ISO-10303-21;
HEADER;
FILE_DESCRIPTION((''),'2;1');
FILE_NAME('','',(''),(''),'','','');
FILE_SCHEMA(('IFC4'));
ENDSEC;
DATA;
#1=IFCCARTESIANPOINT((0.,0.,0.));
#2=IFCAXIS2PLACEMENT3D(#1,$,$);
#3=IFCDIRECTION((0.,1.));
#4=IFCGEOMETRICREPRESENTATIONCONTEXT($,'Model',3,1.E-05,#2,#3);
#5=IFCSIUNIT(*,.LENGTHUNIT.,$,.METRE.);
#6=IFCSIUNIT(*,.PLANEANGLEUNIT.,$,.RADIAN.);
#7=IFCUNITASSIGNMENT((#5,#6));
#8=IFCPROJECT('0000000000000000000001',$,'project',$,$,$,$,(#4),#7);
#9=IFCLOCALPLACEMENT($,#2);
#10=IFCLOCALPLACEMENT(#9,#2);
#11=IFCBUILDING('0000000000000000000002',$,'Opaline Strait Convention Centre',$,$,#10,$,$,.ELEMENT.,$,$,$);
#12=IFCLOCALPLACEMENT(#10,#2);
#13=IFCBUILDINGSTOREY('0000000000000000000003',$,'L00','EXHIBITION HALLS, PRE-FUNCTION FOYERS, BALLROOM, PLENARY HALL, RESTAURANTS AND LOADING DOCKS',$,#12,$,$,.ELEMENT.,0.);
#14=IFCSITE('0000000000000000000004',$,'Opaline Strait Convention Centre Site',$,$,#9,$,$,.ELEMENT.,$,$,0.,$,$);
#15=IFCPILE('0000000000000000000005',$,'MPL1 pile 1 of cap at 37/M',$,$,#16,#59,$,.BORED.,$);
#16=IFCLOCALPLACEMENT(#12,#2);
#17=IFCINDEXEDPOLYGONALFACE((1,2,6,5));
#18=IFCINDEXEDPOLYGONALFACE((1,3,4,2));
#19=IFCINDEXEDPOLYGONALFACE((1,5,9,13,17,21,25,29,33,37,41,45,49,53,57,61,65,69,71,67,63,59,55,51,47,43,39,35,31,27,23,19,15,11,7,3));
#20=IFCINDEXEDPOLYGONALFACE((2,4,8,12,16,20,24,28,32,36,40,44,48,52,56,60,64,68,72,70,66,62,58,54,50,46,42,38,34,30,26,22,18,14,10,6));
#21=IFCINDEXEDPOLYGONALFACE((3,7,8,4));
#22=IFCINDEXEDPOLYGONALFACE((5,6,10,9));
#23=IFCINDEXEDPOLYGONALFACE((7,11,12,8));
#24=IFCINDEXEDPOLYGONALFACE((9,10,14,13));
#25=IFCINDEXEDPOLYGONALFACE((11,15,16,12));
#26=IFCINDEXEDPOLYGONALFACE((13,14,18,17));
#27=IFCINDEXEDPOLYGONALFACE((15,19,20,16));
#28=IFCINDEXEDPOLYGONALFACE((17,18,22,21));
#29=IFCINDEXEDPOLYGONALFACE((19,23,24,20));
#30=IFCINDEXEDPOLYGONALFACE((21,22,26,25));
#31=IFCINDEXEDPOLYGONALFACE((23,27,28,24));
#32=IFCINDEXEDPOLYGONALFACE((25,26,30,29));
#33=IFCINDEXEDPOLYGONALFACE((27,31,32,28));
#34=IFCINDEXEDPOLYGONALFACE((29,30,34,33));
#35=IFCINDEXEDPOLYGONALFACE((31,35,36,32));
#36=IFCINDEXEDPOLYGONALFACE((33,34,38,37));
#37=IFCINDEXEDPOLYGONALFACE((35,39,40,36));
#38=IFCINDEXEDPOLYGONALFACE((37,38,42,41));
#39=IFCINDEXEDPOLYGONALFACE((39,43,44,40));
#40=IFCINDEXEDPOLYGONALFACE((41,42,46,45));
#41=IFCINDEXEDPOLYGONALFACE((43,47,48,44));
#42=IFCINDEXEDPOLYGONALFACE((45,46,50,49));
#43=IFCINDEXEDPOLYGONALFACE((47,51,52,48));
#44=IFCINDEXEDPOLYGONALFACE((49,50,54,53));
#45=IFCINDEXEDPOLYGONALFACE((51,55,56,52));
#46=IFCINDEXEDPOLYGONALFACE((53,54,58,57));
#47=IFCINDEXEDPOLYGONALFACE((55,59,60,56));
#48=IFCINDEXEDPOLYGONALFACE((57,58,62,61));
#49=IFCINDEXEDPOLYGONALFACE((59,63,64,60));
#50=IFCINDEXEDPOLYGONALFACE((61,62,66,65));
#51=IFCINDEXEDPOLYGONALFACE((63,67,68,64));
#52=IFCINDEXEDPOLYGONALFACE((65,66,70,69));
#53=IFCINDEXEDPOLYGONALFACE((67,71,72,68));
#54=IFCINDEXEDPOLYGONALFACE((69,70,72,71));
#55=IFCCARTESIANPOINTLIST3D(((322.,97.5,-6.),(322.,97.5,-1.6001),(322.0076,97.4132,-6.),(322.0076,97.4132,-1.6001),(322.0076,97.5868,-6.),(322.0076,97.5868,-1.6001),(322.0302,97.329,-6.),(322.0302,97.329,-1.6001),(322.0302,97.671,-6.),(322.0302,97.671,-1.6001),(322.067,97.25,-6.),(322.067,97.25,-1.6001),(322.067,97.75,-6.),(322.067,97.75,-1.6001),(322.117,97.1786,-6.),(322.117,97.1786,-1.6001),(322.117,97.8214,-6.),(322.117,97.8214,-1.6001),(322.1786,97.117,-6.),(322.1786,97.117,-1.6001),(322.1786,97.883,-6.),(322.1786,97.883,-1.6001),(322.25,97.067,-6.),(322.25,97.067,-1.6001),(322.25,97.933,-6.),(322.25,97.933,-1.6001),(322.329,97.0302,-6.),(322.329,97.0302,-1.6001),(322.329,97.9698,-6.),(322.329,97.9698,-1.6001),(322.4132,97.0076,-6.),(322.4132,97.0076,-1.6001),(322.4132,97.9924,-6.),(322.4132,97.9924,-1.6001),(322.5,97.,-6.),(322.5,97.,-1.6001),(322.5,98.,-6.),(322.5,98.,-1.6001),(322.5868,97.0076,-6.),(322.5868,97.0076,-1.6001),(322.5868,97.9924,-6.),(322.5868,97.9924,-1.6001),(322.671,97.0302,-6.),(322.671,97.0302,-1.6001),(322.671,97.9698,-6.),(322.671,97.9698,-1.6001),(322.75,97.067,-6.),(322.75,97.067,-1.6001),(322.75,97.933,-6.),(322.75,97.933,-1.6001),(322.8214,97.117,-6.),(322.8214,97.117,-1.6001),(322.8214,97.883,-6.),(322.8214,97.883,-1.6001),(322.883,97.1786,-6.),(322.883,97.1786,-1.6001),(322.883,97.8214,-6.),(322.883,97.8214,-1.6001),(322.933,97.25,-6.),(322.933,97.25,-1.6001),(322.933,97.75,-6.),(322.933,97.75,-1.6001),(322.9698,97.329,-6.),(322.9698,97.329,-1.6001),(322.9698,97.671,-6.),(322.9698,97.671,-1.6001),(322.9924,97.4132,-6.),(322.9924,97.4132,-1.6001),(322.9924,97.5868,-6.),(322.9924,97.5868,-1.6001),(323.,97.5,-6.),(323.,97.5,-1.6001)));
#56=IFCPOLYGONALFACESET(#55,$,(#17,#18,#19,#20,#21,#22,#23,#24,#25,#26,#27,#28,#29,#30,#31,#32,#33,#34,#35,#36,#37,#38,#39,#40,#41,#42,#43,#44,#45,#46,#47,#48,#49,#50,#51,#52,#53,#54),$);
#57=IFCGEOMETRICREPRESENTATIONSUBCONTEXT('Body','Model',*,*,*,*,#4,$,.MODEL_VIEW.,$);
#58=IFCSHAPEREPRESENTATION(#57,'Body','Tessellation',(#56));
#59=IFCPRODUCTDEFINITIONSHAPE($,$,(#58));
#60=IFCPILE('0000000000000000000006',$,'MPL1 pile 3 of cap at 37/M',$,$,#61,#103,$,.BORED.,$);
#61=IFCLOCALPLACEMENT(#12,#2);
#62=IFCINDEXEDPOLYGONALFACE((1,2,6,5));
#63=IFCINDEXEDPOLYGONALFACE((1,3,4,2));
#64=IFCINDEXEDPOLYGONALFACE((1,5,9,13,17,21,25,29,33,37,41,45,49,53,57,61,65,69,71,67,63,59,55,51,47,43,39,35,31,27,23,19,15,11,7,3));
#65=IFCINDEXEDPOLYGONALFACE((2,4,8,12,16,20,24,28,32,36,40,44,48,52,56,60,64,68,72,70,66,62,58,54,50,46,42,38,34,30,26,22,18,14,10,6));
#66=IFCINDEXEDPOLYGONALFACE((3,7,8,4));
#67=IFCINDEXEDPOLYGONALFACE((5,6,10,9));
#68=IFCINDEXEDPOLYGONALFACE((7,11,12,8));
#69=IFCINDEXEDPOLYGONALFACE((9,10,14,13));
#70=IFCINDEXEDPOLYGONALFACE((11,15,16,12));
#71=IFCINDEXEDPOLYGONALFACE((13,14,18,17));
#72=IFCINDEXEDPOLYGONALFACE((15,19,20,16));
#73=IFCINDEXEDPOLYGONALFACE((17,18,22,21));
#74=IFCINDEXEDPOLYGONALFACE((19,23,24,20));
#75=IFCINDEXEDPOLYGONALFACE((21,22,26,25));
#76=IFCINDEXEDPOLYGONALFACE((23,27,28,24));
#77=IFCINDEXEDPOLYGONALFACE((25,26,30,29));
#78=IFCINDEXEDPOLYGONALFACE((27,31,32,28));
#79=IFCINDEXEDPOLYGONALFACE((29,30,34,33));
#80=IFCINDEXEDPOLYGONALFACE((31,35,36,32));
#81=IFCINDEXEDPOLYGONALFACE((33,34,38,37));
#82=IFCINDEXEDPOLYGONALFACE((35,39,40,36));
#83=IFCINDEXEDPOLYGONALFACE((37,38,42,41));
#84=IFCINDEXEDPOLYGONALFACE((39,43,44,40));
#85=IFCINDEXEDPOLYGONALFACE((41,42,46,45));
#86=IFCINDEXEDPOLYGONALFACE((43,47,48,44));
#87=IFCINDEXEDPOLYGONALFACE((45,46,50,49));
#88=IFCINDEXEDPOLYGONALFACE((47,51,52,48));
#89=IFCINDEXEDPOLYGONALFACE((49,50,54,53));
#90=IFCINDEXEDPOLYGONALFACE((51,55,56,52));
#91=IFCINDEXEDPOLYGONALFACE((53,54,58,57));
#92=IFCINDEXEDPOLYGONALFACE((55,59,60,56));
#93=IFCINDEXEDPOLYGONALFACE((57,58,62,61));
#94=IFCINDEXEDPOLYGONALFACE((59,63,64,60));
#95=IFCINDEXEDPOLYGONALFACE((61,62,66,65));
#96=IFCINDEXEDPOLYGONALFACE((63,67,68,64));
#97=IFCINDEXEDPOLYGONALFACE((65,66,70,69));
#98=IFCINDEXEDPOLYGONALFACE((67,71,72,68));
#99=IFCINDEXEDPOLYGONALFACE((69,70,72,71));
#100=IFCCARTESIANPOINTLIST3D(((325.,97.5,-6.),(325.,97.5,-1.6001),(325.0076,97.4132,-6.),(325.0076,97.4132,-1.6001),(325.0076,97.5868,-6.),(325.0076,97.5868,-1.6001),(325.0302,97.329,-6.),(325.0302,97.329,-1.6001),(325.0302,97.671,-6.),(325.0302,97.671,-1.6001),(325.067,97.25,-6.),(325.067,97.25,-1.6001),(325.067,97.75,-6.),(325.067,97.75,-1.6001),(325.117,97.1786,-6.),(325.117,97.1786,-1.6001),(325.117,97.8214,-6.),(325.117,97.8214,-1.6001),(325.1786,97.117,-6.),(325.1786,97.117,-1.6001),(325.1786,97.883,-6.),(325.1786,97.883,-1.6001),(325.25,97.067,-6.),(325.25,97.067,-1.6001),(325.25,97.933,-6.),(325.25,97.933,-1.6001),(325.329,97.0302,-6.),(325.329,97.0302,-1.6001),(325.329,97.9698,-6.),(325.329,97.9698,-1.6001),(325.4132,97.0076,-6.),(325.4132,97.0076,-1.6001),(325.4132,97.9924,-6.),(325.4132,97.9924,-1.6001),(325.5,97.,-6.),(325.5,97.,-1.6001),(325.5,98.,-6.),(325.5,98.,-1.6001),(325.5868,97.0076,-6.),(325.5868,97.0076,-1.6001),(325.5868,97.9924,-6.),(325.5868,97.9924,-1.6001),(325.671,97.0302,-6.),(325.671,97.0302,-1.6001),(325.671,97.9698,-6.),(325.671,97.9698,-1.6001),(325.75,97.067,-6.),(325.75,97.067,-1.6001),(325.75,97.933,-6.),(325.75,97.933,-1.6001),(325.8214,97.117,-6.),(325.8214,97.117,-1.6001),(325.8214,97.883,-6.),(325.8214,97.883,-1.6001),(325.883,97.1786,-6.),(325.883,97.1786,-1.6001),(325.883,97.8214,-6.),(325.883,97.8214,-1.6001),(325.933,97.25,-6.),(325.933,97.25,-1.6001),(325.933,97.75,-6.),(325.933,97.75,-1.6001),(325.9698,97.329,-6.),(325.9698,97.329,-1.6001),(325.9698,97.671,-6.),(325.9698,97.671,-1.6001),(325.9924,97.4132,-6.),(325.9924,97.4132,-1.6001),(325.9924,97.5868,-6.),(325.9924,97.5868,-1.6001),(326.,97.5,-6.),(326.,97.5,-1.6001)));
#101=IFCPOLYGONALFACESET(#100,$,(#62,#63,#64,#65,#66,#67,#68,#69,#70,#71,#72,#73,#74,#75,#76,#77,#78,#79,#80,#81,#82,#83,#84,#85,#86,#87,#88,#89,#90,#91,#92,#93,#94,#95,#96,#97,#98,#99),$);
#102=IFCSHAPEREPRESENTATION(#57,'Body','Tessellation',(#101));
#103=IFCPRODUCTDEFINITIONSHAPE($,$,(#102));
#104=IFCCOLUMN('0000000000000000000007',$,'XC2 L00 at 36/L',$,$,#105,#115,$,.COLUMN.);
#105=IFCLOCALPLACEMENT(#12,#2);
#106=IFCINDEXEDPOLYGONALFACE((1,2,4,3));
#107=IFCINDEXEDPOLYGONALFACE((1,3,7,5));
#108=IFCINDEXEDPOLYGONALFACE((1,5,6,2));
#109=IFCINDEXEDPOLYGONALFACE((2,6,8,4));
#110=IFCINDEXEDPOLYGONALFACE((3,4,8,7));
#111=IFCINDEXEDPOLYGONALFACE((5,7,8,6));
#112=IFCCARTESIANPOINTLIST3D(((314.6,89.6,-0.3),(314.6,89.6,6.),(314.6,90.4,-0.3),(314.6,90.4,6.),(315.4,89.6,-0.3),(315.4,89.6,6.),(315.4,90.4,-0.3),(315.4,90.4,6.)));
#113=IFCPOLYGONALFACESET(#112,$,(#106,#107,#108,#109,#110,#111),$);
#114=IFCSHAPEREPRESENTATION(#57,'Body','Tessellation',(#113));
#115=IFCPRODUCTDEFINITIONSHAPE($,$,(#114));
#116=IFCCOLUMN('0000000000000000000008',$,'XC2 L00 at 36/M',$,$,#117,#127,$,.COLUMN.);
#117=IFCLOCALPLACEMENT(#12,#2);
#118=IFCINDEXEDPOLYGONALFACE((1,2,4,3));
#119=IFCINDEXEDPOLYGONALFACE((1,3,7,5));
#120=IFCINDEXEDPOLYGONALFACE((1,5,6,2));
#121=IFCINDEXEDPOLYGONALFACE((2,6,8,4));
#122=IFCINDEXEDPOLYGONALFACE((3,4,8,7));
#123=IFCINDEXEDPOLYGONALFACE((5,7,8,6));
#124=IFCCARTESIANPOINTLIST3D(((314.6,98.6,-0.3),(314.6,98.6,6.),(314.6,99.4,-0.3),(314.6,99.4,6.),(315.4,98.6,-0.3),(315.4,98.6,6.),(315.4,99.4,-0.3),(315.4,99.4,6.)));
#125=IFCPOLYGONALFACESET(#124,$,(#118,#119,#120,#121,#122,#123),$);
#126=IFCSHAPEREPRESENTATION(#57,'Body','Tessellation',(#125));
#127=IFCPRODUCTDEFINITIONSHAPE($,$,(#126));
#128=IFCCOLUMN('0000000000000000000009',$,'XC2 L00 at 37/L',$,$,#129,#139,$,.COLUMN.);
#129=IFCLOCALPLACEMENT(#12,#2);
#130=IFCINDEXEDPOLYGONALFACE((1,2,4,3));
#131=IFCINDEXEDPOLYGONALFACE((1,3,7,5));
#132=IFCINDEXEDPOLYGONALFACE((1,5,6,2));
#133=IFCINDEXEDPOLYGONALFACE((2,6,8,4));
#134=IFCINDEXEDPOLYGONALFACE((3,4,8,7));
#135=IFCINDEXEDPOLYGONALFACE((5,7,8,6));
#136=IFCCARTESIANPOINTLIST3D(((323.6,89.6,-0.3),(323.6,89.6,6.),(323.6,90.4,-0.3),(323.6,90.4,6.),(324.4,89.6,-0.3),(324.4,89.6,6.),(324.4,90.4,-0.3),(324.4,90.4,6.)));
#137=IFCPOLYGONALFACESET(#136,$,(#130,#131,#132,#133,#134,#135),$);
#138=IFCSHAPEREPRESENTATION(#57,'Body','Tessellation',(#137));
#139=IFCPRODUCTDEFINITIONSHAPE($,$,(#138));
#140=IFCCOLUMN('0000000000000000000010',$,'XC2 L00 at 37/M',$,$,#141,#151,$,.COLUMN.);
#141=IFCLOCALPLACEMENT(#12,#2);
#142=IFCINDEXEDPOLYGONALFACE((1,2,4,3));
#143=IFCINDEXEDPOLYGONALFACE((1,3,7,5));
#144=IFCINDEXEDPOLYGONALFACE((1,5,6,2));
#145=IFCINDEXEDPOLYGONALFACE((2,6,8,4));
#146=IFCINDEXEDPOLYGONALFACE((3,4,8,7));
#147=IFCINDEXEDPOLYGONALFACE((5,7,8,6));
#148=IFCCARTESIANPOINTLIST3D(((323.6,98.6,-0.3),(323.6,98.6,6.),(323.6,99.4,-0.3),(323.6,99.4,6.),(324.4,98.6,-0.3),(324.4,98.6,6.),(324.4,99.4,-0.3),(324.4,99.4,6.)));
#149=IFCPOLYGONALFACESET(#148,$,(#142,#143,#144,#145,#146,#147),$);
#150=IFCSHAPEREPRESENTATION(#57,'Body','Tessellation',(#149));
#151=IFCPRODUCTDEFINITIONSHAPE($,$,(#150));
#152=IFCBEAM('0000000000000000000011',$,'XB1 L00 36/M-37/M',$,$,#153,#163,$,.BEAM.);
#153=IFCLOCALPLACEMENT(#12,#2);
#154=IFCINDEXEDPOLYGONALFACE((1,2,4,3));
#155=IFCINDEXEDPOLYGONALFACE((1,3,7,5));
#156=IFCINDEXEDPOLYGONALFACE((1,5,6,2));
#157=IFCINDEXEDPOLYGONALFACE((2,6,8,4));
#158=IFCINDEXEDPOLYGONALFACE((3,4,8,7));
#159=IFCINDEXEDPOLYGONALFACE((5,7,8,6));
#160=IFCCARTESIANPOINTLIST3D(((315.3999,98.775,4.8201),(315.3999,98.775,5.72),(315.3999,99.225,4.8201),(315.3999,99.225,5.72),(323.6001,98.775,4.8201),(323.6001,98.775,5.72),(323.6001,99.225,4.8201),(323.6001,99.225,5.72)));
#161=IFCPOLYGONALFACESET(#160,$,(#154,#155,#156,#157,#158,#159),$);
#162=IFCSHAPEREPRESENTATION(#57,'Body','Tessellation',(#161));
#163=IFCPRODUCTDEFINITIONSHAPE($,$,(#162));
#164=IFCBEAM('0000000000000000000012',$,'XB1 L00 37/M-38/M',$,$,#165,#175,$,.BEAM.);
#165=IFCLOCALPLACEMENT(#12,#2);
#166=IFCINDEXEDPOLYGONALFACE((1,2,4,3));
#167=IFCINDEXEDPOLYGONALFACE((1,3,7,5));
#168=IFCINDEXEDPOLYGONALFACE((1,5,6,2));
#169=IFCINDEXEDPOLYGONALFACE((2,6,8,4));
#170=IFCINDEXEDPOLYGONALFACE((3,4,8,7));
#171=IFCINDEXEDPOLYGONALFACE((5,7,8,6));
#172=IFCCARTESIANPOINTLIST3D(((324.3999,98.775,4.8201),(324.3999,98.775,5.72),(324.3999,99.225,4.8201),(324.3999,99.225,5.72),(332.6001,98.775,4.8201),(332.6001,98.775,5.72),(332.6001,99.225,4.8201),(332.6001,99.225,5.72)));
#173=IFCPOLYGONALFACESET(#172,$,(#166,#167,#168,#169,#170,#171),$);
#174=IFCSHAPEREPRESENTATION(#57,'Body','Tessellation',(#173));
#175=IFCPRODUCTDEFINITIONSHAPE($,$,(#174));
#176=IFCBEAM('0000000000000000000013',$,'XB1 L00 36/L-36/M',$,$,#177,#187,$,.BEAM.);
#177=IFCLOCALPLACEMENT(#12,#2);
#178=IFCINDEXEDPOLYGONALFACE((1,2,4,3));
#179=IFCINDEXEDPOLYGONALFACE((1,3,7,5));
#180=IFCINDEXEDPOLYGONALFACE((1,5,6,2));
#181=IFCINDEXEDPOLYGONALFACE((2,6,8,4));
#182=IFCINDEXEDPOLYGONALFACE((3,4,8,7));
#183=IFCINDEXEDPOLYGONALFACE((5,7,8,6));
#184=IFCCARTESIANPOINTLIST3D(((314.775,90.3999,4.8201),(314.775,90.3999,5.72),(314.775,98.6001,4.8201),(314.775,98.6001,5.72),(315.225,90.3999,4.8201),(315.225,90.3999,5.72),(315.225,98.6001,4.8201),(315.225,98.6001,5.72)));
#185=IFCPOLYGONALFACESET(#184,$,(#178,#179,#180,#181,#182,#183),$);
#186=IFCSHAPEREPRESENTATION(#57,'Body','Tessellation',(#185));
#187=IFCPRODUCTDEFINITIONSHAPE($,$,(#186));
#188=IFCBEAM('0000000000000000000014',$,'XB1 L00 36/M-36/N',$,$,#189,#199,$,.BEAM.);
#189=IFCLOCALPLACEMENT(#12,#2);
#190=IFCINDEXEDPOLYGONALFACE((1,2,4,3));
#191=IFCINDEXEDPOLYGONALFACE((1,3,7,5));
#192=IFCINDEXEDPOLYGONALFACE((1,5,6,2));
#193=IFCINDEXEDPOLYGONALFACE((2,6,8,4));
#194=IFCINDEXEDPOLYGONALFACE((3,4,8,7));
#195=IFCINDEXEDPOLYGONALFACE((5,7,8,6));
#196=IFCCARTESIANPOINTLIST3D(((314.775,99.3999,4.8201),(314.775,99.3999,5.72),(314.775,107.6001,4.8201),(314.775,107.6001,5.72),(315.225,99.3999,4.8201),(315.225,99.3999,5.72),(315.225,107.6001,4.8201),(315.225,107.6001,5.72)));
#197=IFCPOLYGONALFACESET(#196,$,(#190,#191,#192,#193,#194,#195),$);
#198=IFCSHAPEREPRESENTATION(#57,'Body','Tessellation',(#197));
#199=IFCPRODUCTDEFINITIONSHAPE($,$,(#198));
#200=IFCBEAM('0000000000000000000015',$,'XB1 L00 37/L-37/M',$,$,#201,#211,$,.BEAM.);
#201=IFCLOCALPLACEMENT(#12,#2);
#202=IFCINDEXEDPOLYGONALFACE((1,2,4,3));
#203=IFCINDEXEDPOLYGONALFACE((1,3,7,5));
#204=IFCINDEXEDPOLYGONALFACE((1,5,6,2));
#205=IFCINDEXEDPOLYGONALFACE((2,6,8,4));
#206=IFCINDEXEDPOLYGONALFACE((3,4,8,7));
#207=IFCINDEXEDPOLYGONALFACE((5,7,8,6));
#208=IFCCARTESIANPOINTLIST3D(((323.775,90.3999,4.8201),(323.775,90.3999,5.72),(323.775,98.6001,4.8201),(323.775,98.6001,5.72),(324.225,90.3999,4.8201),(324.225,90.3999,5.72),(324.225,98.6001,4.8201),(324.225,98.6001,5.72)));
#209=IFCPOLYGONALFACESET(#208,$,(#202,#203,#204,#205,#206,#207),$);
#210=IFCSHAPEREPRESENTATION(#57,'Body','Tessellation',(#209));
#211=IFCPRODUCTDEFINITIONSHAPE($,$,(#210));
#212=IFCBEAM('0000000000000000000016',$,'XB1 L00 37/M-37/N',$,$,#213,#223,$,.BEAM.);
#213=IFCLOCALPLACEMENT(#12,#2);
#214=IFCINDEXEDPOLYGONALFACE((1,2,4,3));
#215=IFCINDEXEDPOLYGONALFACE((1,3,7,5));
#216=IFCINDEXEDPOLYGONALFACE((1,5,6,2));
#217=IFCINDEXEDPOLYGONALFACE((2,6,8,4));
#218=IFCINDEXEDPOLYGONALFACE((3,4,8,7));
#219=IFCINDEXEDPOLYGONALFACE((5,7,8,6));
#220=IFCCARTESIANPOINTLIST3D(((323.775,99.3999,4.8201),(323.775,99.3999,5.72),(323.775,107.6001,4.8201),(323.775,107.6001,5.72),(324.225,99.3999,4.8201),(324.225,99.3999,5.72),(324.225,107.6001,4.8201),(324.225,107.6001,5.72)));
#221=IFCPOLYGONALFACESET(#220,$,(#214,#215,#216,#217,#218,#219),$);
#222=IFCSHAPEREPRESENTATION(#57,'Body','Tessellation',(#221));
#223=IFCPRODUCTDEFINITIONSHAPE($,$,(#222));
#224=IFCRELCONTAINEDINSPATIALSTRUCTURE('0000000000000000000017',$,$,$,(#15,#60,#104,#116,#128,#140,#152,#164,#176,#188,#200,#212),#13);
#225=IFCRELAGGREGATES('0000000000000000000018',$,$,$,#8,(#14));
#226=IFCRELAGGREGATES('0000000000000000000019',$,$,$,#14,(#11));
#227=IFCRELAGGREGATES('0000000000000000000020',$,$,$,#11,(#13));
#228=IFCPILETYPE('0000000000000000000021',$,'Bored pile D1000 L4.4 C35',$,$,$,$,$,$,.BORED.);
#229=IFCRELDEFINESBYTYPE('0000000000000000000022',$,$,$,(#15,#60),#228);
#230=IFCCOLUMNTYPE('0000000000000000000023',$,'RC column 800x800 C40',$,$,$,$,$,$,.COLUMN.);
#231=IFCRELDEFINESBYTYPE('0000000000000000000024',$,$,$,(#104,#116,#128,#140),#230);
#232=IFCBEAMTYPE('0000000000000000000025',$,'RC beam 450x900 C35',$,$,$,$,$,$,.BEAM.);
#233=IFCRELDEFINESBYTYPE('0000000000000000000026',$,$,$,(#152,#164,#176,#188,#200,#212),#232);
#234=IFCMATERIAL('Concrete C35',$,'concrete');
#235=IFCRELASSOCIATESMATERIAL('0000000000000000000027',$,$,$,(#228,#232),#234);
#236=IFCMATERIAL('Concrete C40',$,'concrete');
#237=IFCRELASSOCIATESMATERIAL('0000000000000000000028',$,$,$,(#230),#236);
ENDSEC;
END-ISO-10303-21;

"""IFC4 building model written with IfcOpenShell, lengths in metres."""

from ifc_helpers import new_model, si_unit, direction, frame, origin, origin_2d, place, context, subcontext, project, spatial, rectangle, circle, extrude, material, material_profile, profile_set, type_object, element, save


model = new_model("IFC4")

# Units and contexts
model_context = context("Model", 3, precision=1e-05, world=origin(), true_north=direction((0.0, 1.0)))
body_context = subcontext(model_context, "Body", "Model", "MODEL_VIEW")
ifc_project = project(units=[si_unit("LENGTHUNIT", "METRE"), si_unit("PLANEANGLEUNIT", "RADIAN")], contexts=[model_context])

# Site, building, storey
site_placement = place(None, origin())
site = spatial("IfcSite", under=ifc_project, at=site_placement, Name="Opaline Strait Convention Centre Site", CompositionType="ELEMENT", RefElevation=0.0)
building_placement = place(site_placement, origin())
building = spatial("IfcBuilding", under=site, at=building_placement, Name="Opaline Strait Convention Centre", CompositionType="ELEMENT")
storey_placement = place(building_placement, origin())
storey = spatial("IfcBuildingStorey", under=building, at=storey_placement, Name="L00", Description="EXHIBITION HALLS, PRE-FUNCTION FOYERS, BALLROOM, PLENARY HALL, RESTAURANTS AND LOADING DOCKS", CompositionType="ELEMENT", Elevation=0.0)

# Piles
ifc_material_1 = material(Name="Concrete C35", Category="concrete")
ifc_material_profile_1 = material_profile(ifc_material_1, circle(Radius=0.5, at=origin_2d()), Name="D1000")
ifc_profile_set_1 = profile_set([ifc_material_profile_1], Name="Concrete C35")
pile_type = type_object("IfcPileType", Name="Bored pile D1000 L4.4 C35", PredefinedType="BORED", material=ifc_profile_set_1)
for number, where, z_axis, x_axis, name in (
    (1, (322.5, 97.5, -1.6001), (0.0, 0.0, -1.0), (1.0, 0.0, 0.0), "MPL1 pile 1 of cap at 37/M"),
    (2, (325.5, 97.5, -1.6001), (0.0, 0.0, -1.0), (1.0, 0.0, 0.0), "MPL1 pile 3 of cap at 37/M"),
):
    element("IfcPile", number, at=place(storey_placement, frame(where, z_axis=z_axis, x_axis=x_axis)), inside=storey, type_object=pile_type, Name=name, PredefinedType="BORED", context=body_context, shape_type="SweptSolid", body=[
        extrude(circle(Radius=0.5, at=origin_2d()), origin(), (0.0, 0.0, 1.0), 4.3999),
    ])

# Columns
ifc_material_2 = material(Name="Concrete C40", Category="concrete")
ifc_material_profile_2 = material_profile(ifc_material_2, rectangle(XDim=0.8, YDim=0.8, at=origin_2d()), Name="RC 800x800")
ifc_profile_set_2 = profile_set([ifc_material_profile_2], Name="Concrete C40")
column_type = type_object("IfcColumnType", Name="RC column 800x800 C40", PredefinedType="COLUMN", material=ifc_profile_set_2)
for number, where, z_axis, x_axis, name in (
    (3, (315.0, 90.0, -0.3), (0.0, 0.0, 1.0), (1.0, 0.0, 0.0), "XC2 L00 at 36/L"),
    (4, (315.0, 99.0, -0.3), (0.0, 0.0, 1.0), (1.0, 0.0, 0.0), "XC2 L00 at 36/M"),
    (5, (324.0, 90.0, -0.3), (0.0, 0.0, 1.0), (1.0, 0.0, 0.0), "XC2 L00 at 37/L"),
    (6, (324.0, 99.0, -0.3), (0.0, 0.0, 1.0), (1.0, 0.0, 0.0), "XC2 L00 at 37/M"),
):
    element("IfcColumn", number, at=place(storey_placement, frame(where, z_axis=z_axis, x_axis=x_axis)), inside=storey, type_object=column_type, Name=name, PredefinedType="COLUMN", context=body_context, shape_type="SweptSolid", body=[
        extrude(rectangle(XDim=0.8, YDim=0.8, at=origin_2d()), origin(), (0.0, 0.0, 1.0), 6.3),
    ])

# Beams
ifc_material_profile_3 = material_profile(ifc_material_1, rectangle(XDim=0.45, YDim=0.8999, at=origin_2d()), Name="RC 450x900")
ifc_profile_set_3 = profile_set([ifc_material_profile_3], Name="Concrete C35")
beam_type_1 = type_object("IfcBeamType", Name="RC beam 450x900 C35", PredefinedType="BEAM", material=ifc_profile_set_3)
for number, where, z_axis, x_axis, name in (
    (7, (315.3999, 99.0, 5.27), (1.0, 0.0, 0.0), (0.0, 1.0, 0.0), "XB1 L00 36/M-37/M"),
    (8, (324.3999, 99.0, 5.27), (1.0, 0.0, 0.0), (0.0, 1.0, 0.0), "XB1 L00 37/M-38/M"),
    (9, (315.0, 90.3999, 5.27), (0.0, 1.0, 0.0), (-1.0, 0.0, 0.0), "XB1 L00 36/L-36/M"),
    (10, (315.0, 99.3999, 5.27), (0.0, 1.0, 0.0), (-1.0, 0.0, 0.0), "XB1 L00 36/M-36/N"),
    (11, (324.0, 90.3999, 5.27), (0.0, 1.0, 0.0), (-1.0, 0.0, 0.0), "XB1 L00 37/L-37/M"),
    (12, (324.0, 99.3999, 5.27), (0.0, 1.0, 0.0), (-1.0, 0.0, 0.0), "XB1 L00 37/M-37/N"),
):
    element("IfcBeam", number, at=place(storey_placement, frame(where, z_axis=z_axis, x_axis=x_axis)), inside=storey, type_object=beam_type_1, Name=name, PredefinedType="BEAM", context=body_context, shape_type="SweptSolid", body=[
        extrude(rectangle(XDim=0.45, YDim=0.8999, at=origin_2d()), origin(), (0.0, 0.0, 1.0), 8.2002),
    ])

save(model, "model.ifc")
